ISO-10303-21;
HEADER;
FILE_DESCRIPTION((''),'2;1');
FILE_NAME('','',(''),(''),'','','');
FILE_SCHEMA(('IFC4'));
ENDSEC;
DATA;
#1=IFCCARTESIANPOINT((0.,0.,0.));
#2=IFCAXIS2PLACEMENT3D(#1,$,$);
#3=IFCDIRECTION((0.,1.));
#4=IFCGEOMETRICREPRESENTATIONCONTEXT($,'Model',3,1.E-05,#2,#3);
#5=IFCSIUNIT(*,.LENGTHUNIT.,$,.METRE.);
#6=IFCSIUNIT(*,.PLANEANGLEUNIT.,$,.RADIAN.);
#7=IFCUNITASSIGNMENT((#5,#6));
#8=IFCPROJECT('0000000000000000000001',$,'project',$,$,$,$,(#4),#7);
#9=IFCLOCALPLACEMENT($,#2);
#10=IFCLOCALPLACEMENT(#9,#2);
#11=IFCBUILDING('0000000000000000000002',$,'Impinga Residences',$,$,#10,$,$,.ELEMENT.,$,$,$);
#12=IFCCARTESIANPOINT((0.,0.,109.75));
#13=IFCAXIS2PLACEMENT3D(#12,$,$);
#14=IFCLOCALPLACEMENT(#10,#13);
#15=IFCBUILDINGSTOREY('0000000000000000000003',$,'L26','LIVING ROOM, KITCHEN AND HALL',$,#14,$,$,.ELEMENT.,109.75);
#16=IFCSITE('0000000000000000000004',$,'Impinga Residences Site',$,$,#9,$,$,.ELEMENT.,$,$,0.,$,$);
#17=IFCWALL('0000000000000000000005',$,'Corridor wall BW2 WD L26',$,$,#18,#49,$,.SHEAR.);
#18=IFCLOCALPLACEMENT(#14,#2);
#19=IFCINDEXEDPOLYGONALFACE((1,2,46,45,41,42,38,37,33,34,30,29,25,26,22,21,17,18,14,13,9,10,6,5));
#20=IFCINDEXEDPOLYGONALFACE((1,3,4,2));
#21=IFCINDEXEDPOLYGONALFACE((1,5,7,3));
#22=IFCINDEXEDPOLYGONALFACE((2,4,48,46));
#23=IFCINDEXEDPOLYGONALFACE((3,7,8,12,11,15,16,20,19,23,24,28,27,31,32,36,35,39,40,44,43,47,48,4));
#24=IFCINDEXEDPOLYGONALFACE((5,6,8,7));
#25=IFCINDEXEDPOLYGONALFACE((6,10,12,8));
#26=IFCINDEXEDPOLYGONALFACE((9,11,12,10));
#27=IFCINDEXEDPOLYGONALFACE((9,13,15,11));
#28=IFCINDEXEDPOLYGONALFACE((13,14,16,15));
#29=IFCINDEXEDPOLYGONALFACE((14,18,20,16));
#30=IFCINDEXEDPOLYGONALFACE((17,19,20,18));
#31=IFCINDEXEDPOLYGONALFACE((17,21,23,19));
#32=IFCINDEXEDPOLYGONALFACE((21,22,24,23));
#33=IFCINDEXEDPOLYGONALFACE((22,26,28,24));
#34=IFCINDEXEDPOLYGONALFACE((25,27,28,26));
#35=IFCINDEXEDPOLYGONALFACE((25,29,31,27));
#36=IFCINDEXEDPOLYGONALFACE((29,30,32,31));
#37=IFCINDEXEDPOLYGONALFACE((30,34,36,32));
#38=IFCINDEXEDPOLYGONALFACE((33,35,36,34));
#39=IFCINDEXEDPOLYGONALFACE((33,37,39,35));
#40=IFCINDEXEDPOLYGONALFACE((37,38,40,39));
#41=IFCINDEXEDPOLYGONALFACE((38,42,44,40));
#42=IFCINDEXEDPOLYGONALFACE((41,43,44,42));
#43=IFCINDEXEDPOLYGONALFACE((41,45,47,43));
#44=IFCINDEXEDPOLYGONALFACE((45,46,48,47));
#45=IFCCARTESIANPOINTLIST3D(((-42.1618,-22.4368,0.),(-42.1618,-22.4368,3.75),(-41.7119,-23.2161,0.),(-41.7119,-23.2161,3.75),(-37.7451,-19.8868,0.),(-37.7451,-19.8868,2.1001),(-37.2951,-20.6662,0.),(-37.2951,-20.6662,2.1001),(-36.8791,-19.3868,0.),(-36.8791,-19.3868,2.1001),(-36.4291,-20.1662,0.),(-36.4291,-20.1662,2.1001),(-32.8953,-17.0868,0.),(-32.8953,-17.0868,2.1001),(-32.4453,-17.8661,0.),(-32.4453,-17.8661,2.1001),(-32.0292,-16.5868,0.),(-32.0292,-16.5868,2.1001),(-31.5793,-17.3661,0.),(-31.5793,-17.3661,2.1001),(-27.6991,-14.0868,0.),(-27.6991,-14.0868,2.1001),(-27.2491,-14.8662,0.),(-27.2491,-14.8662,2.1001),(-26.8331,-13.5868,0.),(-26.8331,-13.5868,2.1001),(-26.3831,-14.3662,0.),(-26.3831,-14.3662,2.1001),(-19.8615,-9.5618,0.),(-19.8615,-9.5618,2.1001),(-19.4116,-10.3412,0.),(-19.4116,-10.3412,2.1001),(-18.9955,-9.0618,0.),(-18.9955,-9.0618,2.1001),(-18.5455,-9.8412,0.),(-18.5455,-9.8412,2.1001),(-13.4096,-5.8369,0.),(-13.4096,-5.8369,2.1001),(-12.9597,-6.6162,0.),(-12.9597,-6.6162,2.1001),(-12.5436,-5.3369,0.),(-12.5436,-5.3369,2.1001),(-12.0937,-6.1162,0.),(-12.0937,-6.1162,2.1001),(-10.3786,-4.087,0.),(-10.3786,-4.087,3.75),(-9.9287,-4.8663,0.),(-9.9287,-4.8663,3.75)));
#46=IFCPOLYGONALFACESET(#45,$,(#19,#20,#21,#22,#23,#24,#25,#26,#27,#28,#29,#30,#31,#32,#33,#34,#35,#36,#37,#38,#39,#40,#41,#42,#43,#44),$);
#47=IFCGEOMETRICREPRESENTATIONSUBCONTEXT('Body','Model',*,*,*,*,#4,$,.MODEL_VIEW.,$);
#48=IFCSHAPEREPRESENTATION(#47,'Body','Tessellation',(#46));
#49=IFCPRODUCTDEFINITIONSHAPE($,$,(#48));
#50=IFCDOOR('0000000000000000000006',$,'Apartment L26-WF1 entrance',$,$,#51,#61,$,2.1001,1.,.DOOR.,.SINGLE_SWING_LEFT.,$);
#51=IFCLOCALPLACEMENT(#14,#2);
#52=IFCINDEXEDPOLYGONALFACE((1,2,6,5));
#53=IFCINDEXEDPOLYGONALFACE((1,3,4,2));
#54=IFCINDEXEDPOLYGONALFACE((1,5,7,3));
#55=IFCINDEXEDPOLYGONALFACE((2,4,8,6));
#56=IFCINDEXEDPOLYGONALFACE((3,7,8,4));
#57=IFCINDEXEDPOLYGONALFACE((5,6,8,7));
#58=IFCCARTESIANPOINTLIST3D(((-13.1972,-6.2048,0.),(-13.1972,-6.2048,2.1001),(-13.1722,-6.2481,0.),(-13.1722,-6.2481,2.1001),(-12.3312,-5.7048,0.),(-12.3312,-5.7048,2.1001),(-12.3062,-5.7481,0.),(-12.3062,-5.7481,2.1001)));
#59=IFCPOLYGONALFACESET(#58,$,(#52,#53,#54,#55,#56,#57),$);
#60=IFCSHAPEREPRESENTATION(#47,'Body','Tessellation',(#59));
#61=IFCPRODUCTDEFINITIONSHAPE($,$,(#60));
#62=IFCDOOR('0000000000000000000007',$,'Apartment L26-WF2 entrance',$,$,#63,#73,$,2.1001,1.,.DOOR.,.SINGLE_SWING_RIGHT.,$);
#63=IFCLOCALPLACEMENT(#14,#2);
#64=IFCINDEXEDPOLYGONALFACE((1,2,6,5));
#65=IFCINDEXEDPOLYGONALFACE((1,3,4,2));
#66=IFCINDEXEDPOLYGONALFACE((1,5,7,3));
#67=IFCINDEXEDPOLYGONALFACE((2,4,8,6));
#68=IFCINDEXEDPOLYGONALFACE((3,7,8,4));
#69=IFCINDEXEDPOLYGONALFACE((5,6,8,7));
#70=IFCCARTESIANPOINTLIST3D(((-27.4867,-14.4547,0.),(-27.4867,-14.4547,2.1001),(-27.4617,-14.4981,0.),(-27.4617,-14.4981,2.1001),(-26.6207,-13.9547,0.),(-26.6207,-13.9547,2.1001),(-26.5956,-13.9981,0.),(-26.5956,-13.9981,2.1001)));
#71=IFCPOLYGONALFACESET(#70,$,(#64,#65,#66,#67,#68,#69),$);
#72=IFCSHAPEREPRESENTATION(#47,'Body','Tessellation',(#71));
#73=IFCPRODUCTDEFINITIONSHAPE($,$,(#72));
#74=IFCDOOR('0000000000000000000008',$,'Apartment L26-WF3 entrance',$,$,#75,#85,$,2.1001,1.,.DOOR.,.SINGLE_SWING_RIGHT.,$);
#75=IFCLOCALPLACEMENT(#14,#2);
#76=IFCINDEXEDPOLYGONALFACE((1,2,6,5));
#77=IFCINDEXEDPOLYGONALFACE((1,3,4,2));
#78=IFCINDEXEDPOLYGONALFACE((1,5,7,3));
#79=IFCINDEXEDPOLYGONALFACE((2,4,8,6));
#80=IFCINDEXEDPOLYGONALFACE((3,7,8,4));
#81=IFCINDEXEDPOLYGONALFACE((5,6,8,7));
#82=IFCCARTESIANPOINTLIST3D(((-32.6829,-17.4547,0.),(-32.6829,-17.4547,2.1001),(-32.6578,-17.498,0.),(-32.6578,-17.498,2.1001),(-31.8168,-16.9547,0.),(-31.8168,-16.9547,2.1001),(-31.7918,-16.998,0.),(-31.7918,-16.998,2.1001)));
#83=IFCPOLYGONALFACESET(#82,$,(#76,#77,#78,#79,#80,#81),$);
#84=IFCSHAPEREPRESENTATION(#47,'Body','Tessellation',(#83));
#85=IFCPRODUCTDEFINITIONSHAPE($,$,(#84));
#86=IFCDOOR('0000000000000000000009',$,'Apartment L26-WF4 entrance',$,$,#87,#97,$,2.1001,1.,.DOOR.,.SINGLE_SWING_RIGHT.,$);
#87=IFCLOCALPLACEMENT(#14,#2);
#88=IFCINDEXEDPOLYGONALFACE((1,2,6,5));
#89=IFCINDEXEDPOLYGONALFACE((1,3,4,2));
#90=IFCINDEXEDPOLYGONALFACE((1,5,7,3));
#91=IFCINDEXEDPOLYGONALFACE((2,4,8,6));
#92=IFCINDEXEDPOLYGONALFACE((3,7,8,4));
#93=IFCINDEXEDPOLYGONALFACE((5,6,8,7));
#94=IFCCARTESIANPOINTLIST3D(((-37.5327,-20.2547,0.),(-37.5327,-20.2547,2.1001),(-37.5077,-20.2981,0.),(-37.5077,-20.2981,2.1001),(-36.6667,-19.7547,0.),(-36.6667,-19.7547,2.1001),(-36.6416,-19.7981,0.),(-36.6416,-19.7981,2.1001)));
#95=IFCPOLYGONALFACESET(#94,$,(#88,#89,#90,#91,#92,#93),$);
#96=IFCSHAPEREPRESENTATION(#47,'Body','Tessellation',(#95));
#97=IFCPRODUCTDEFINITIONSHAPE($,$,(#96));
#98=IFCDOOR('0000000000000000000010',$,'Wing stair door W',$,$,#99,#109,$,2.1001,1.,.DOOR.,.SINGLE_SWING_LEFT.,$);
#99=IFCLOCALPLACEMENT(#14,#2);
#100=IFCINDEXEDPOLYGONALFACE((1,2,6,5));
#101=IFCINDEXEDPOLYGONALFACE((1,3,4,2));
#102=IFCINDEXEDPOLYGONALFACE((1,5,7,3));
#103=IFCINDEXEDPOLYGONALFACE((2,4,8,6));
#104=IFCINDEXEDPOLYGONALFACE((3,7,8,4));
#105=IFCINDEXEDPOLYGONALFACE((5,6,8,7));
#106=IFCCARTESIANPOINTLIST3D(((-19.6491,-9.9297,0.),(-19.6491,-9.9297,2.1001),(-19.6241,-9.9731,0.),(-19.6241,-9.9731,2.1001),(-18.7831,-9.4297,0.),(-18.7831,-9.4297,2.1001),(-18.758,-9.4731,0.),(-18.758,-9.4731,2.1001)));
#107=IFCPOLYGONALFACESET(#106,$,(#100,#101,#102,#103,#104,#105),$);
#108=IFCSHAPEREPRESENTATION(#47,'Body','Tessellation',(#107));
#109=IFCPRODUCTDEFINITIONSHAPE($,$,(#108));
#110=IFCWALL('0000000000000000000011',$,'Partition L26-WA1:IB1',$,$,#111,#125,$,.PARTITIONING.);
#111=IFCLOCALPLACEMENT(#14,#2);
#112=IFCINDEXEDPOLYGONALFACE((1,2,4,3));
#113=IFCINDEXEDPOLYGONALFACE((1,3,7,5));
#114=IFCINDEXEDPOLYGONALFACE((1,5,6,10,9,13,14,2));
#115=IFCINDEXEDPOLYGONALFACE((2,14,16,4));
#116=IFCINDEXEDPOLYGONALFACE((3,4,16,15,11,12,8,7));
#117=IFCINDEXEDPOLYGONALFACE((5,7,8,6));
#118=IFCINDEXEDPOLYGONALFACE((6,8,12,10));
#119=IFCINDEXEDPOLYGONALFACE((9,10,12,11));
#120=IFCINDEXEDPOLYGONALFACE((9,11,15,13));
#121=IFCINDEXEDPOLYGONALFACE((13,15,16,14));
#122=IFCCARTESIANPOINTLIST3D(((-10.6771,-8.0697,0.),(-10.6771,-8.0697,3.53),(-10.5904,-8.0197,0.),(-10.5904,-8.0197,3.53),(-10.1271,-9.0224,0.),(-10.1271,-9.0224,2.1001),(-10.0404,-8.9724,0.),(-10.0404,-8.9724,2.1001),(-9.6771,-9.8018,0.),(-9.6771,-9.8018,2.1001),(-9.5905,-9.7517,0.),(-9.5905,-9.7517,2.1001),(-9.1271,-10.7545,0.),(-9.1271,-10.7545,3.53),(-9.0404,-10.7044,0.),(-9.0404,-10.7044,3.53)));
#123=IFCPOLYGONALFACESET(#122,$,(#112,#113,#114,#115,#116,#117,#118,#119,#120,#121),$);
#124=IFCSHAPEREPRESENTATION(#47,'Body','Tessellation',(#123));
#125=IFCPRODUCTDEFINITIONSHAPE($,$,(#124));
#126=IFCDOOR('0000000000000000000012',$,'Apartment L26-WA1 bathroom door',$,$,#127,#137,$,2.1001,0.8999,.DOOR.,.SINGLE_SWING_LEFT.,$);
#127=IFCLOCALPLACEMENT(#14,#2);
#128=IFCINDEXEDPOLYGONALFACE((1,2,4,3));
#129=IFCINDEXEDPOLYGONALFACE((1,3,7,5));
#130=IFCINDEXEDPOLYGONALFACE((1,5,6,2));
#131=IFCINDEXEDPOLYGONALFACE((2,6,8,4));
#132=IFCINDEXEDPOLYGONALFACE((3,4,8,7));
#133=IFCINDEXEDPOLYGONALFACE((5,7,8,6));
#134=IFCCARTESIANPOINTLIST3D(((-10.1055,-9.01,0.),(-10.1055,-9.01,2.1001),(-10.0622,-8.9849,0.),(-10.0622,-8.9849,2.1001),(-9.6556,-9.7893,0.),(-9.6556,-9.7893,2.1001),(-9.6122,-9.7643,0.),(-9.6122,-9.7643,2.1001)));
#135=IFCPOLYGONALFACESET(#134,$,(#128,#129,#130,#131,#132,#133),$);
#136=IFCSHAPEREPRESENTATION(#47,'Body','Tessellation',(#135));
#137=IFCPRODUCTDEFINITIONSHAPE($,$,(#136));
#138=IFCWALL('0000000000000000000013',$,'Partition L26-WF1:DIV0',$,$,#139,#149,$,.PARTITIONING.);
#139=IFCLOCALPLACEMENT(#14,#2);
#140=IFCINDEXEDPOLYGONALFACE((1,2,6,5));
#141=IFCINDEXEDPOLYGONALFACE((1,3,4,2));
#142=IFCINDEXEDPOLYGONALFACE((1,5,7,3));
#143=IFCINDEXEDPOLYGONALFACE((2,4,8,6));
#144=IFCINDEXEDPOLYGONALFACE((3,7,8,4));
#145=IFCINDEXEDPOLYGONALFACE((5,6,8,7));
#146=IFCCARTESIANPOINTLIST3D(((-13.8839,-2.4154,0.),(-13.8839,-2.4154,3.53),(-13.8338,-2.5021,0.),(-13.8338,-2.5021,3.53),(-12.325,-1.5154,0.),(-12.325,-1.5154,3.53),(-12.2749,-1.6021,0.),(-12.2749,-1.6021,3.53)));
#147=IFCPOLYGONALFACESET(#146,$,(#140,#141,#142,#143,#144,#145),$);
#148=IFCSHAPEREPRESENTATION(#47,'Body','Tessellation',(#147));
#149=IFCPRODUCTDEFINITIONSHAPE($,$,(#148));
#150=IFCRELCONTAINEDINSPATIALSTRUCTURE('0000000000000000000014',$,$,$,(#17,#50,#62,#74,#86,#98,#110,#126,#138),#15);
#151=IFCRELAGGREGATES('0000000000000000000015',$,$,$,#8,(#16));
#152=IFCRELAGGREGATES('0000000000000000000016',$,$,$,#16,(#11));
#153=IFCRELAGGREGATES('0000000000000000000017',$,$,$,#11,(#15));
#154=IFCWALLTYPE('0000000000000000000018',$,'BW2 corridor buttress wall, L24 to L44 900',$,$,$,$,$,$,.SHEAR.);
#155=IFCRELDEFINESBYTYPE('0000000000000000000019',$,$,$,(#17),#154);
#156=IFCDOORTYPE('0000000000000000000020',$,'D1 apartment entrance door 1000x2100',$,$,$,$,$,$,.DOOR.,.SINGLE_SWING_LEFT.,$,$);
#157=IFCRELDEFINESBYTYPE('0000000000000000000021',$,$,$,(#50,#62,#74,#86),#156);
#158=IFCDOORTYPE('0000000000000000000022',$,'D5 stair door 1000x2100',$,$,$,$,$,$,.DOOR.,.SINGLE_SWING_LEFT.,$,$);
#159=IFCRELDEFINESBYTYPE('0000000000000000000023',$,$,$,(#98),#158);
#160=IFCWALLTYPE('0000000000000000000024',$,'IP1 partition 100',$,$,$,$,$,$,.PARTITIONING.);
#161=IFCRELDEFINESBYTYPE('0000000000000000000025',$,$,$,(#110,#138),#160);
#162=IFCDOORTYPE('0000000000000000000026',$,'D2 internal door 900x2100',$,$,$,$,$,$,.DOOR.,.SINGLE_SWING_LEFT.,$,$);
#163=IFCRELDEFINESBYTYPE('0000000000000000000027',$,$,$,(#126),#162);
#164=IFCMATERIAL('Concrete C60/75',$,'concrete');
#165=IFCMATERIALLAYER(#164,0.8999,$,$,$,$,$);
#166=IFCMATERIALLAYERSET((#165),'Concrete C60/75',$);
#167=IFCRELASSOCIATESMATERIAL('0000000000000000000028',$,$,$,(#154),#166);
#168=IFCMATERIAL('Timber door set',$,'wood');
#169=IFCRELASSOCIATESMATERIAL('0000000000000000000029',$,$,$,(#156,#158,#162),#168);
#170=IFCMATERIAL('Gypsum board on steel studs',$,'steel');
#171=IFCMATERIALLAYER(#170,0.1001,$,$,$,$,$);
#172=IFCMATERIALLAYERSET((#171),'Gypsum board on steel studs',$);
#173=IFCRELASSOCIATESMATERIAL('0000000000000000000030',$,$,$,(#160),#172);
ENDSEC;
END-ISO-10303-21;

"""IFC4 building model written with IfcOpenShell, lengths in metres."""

from ifc_helpers import new_model, si_unit, direction, frame, frame_2d, origin, place, context, subcontext, project, spatial, rectangle, extrude, material, layer, layer_set, type_object, element, fill, save


model = new_model("IFC4")

# Units and contexts
model_context = context("Model", 3, precision=1e-05, world=origin(), true_north=direction((0.0, 1.0)))
body_context = subcontext(model_context, "Body", "Model", "MODEL_VIEW")
ifc_project = project(units=[si_unit("LENGTHUNIT", "METRE"), si_unit("PLANEANGLEUNIT", "RADIAN")], contexts=[model_context])

# Site, building, storey
site_placement = place(None, origin())
site = spatial("IfcSite", under=ifc_project, at=site_placement, Name="Impinga Residences Site", CompositionType="ELEMENT", RefElevation=0.0)
building_placement = place(site_placement, origin())
building = spatial("IfcBuilding", under=site, at=building_placement, Name="Impinga Residences", CompositionType="ELEMENT")
storey_placement = place(building_placement, frame((0.0, 0.0, 109.75)))
storey = spatial("IfcBuildingStorey", under=building, at=storey_placement, Name="L26", Description="LIVING ROOM, KITCHEN AND HALL", CompositionType="ELEMENT", Elevation=109.75)

# Wall, openings, doors
ifc_material_1 = material(Name="Concrete C60/75", Category="concrete")
ifc_layer_1 = layer(ifc_material_1, 0.8999)
ifc_layer_set_1 = layer_set([ifc_layer_1], Name="Concrete C60/75")
wall_type_1 = type_object("IfcWallType", Name="BW2 corridor buttress wall, L24 to L44 900", PredefinedType="SHEAR", material=ifc_layer_set_1)
ifc_material_2 = material(Name="Timber door set", Category="wood")
door_type_1 = type_object("IfcDoorType", Name="D1 apartment entrance door 1000x2100", OperationType="SINGLE_SWING_LEFT", PredefinedType="DOOR", material=ifc_material_2)
wall_1_placement = place(storey_placement, frame((-10.1536, -4.4766, 0.0), z_axis=(0.0, 0.0, 1.0), x_axis=(-0.866028, -0.499996, 0.0)))
wall_1 = element("IfcWall", 1, at=wall_1_placement, inside=storey, type_object=wall_type_1, Name="Corridor wall BW2 WD L26", PredefinedType="SHEAR", context=body_context, shape_type="SweptSolid", body=[
    extrude(rectangle(XDim=36.7, YDim=0.8999, at=frame_2d((18.3501, 0.0))), origin(), (0.0, 0.0, 1.0), 3.75),
])
opening_1_placement = place(wall_1_placement, frame((9.95, 0.0, 0.0)))
opening_1 = element("IfcOpeningElement", 2, at=opening_1_placement, cuts=wall_1, PredefinedType="OPENING", context=body_context, shape_type="SweptSolid", body=[
    extrude(rectangle(XDim=1.0, YDim=2.1001, at=frame_2d((0.5, 1.05))), frame((0.0, 0.46, 0.0), z_axis=(0.0, -1.0, 0.0), x_axis=(1.0, 0.0, 0.0)), (0.0, 0.0, 1.0), 0.9199),
])
opening_2_placement = place(wall_1_placement, frame((2.5, 0.0, 0.0)))
opening_2 = element("IfcOpeningElement", 3, at=opening_2_placement, cuts=wall_1, PredefinedType="OPENING", context=body_context, shape_type="SweptSolid", body=[
    extrude(rectangle(XDim=1.0, YDim=2.1001, at=frame_2d((0.5, 1.05))), frame((0.0, 0.46, 0.0), z_axis=(0.0, -1.0, 0.0), x_axis=(1.0, 0.0, 0.0)), (0.0, 0.0, 1.0), 0.9199),
])
opening_3_placement = place(wall_1_placement, frame((19.0, 0.0, 0.0)))
opening_3 = element("IfcOpeningElement", 4, at=opening_3_placement, cuts=wall_1, PredefinedType="OPENING", context=body_context, shape_type="SweptSolid", body=[
    extrude(rectangle(XDim=1.0, YDim=2.1001, at=frame_2d((0.5, 1.05))), frame((0.0, 0.46, 0.0), z_axis=(0.0, -1.0, 0.0), x_axis=(1.0, 0.0, 0.0)), (0.0, 0.0, 1.0), 0.9199),
])
opening_4_placement = place(wall_1_placement, frame((25.0, 0.0, 0.0)))
opening_4 = element("IfcOpeningElement", 5, at=opening_4_placement, cuts=wall_1, PredefinedType="OPENING", context=body_context, shape_type="SweptSolid", body=[
    extrude(rectangle(XDim=1.0, YDim=2.1001, at=frame_2d((0.5, 1.05))), frame((0.0, 0.46, 0.0), z_axis=(0.0, -1.0, 0.0), x_axis=(1.0, 0.0, 0.0)), (0.0, 0.0, 1.0), 0.9199),
])
opening_5_placement = place(wall_1_placement, frame((30.6001, 0.0, 0.0)))
opening_5 = element("IfcOpeningElement", 6, at=opening_5_placement, cuts=wall_1, PredefinedType="OPENING", context=body_context, shape_type="SweptSolid", body=[
    extrude(rectangle(XDim=1.0, YDim=2.1001, at=frame_2d((0.5, 1.05))), frame((0.0, 0.46, 0.0), z_axis=(0.0, -1.0, 0.0), x_axis=(1.0, 0.0, 0.0)), (0.0, 0.0, 1.0), 0.9199),
])
door_1_placement = place(opening_2_placement, origin())
door_1 = element("IfcDoor", 7, at=door_1_placement, inside=storey, type_object=door_type_1, Name="Apartment L26-WF1 entrance", OperationType="SINGLE_SWING_LEFT", OverallHeight=2.1001, OverallWidth=1.0, PredefinedType="DOOR", context=body_context, shape_type="SweptSolid", body=[
    extrude(rectangle(XDim=1.0, YDim=2.1001, at=frame_2d((0.5, 1.05))), frame((0.0, 0.0249, 0.0), z_axis=(0.0, -1.0, 0.0), x_axis=(1.0, 0.0, 0.0)), (0.0, 0.0, 1.0), 0.05),
])
fill(opening_2, door_1)
door_2_placement = place(opening_3_placement, origin())
door_2 = element("IfcDoor", 8, at=door_2_placement, inside=storey, type_object=door_type_1, Name="Apartment L26-WF2 entrance", OperationType="SINGLE_SWING_RIGHT", OverallHeight=2.1001, OverallWidth=1.0, PredefinedType="DOOR", context=body_context, shape_type="SweptSolid", body=[
    extrude(rectangle(XDim=1.0, YDim=2.1001, at=frame_2d((0.5, 1.05))), frame((0.0, 0.0249, 0.0), z_axis=(0.0, -1.0, 0.0), x_axis=(1.0, 0.0, 0.0)), (0.0, 0.0, 1.0), 0.05),
])
fill(opening_3, door_2)
door_3_placement = place(opening_4_placement, origin())
door_3 = element("IfcDoor", 9, at=door_3_placement, inside=storey, type_object=door_type_1, Name="Apartment L26-WF3 entrance", OperationType="SINGLE_SWING_RIGHT", OverallHeight=2.1001, OverallWidth=1.0, PredefinedType="DOOR", context=body_context, shape_type="SweptSolid", body=[
    extrude(rectangle(XDim=1.0, YDim=2.1001, at=frame_2d((0.5, 1.05))), frame((0.0, 0.0249, 0.0), z_axis=(0.0, -1.0, 0.0), x_axis=(1.0, 0.0, 0.0)), (0.0, 0.0, 1.0), 0.05),
])
fill(opening_4, door_3)
door_4_placement = place(opening_5_placement, origin())
door_4 = element("IfcDoor", 10, at=door_4_placement, inside=storey, type_object=door_type_1, Name="Apartment L26-WF4 entrance", OperationType="SINGLE_SWING_RIGHT", OverallHeight=2.1001, OverallWidth=1.0, PredefinedType="DOOR", context=body_context, shape_type="SweptSolid", body=[
    extrude(rectangle(XDim=1.0, YDim=2.1001, at=frame_2d((0.5, 1.05))), frame((0.0, 0.0249, 0.0), z_axis=(0.0, -1.0, 0.0), x_axis=(1.0, 0.0, 0.0)), (0.0, 0.0, 1.0), 0.05),
])
fill(opening_5, door_4)
door_type_2 = type_object("IfcDoorType", Name="D5 stair door 1000x2100", OperationType="SINGLE_SWING_LEFT", PredefinedType="DOOR", material=ifc_material_2)
door_5_placement = place(opening_1_placement, origin())
door_5 = element("IfcDoor", 11, at=door_5_placement, inside=storey, type_object=door_type_2, Name="Wing stair door W", OperationType="SINGLE_SWING_LEFT", OverallHeight=2.1001, OverallWidth=1.0, PredefinedType="DOOR", context=body_context, shape_type="SweptSolid", body=[
    extrude(rectangle(XDim=1.0, YDim=2.1001, at=frame_2d((0.5, 1.05))), frame((0.0, 0.0249, 0.0), z_axis=(0.0, -1.0, 0.0), x_axis=(1.0, 0.0, 0.0)), (0.0, 0.0, 1.0), 0.05),
])
fill(opening_1, door_5)

# Wall, opening, door
ifc_material_3 = material(Name="Gypsum board on steel studs", Category="steel")
ifc_layer_2 = layer(ifc_material_3, 0.1001)
ifc_layer_set_2 = layer_set([ifc_layer_2], Name="Gypsum board on steel studs")
wall_type_2 = type_object("IfcWallType", Name="IP1 partition 100", PredefinedType="PARTITIONING", material=ifc_layer_set_2)
wall_2_placement = place(storey_placement, frame((-10.6338, -8.0447, 0.0), z_axis=(0.0, 0.0, 1.0), x_axis=(0.499993, -0.86603, 0.0)))
wall_2 = element("IfcWall", 12, at=wall_2_placement, inside=storey, type_object=wall_type_2, Name="Partition L26-WA1:IB1", PredefinedType="PARTITIONING", context=body_context, shape_type="SweptSolid", body=[
    extrude(rectangle(XDim=3.1001, YDim=0.1001, at=frame_2d((1.55, 0.0))), origin(), (0.0, 0.0, 1.0), 3.53),
])
opening_6_placement = place(wall_2_placement, frame((1.1001, 0.0, 0.0)))
opening_6 = element("IfcOpeningElement", 13, at=opening_6_placement, cuts=wall_2, PredefinedType="OPENING", context=body_context, shape_type="SweptSolid", body=[
    extrude(rectangle(XDim=0.8999, YDim=2.1001, at=frame_2d((0.45, 1.05))), frame((0.0, 0.0601, 0.0), z_axis=(0.0, -1.0, 0.0), x_axis=(1.0, 0.0, 0.0)), (0.0, 0.0, 1.0), 0.1201),
])
door_type_3 = type_object("IfcDoorType", Name="D2 internal door 900x2100", OperationType="SINGLE_SWING_LEFT", PredefinedType="DOOR", material=ifc_material_2)
door_6_placement = place(opening_6_placement, origin())
door_6 = element("IfcDoor", 14, at=door_6_placement, inside=storey, type_object=door_type_3, Name="Apartment L26-WA1 bathroom door", OperationType="SINGLE_SWING_LEFT", OverallHeight=2.1001, OverallWidth=0.8999, PredefinedType="DOOR", context=body_context, shape_type="SweptSolid", body=[
    extrude(rectangle(XDim=0.8999, YDim=2.1001, at=frame_2d((0.45, 1.05))), frame((0.0, 0.0249, 0.0), z_axis=(0.0, -1.0, 0.0), x_axis=(1.0, 0.0, 0.0)), (0.0, 0.0, 1.0), 0.05),
])
fill(opening_6, door_6)

# Wall
wall_3_placement = place(storey_placement, frame((-12.3, -1.5588, 0.0), z_axis=(0.0, 0.0, 1.0), x_axis=(-0.866048, -0.499961, 0.0)))
element("IfcWall", 15, at=wall_3_placement, inside=storey, type_object=wall_type_2, Name="Partition L26-WF1:DIV0", PredefinedType="PARTITIONING", context=body_context, shape_type="SweptSolid", body=[
    extrude(rectangle(XDim=1.8, YDim=0.1001, at=frame_2d((0.8999, 0.0))), origin(), (0.0, 0.0, 1.0), 3.53),
])

save(model, "model.ifc")
